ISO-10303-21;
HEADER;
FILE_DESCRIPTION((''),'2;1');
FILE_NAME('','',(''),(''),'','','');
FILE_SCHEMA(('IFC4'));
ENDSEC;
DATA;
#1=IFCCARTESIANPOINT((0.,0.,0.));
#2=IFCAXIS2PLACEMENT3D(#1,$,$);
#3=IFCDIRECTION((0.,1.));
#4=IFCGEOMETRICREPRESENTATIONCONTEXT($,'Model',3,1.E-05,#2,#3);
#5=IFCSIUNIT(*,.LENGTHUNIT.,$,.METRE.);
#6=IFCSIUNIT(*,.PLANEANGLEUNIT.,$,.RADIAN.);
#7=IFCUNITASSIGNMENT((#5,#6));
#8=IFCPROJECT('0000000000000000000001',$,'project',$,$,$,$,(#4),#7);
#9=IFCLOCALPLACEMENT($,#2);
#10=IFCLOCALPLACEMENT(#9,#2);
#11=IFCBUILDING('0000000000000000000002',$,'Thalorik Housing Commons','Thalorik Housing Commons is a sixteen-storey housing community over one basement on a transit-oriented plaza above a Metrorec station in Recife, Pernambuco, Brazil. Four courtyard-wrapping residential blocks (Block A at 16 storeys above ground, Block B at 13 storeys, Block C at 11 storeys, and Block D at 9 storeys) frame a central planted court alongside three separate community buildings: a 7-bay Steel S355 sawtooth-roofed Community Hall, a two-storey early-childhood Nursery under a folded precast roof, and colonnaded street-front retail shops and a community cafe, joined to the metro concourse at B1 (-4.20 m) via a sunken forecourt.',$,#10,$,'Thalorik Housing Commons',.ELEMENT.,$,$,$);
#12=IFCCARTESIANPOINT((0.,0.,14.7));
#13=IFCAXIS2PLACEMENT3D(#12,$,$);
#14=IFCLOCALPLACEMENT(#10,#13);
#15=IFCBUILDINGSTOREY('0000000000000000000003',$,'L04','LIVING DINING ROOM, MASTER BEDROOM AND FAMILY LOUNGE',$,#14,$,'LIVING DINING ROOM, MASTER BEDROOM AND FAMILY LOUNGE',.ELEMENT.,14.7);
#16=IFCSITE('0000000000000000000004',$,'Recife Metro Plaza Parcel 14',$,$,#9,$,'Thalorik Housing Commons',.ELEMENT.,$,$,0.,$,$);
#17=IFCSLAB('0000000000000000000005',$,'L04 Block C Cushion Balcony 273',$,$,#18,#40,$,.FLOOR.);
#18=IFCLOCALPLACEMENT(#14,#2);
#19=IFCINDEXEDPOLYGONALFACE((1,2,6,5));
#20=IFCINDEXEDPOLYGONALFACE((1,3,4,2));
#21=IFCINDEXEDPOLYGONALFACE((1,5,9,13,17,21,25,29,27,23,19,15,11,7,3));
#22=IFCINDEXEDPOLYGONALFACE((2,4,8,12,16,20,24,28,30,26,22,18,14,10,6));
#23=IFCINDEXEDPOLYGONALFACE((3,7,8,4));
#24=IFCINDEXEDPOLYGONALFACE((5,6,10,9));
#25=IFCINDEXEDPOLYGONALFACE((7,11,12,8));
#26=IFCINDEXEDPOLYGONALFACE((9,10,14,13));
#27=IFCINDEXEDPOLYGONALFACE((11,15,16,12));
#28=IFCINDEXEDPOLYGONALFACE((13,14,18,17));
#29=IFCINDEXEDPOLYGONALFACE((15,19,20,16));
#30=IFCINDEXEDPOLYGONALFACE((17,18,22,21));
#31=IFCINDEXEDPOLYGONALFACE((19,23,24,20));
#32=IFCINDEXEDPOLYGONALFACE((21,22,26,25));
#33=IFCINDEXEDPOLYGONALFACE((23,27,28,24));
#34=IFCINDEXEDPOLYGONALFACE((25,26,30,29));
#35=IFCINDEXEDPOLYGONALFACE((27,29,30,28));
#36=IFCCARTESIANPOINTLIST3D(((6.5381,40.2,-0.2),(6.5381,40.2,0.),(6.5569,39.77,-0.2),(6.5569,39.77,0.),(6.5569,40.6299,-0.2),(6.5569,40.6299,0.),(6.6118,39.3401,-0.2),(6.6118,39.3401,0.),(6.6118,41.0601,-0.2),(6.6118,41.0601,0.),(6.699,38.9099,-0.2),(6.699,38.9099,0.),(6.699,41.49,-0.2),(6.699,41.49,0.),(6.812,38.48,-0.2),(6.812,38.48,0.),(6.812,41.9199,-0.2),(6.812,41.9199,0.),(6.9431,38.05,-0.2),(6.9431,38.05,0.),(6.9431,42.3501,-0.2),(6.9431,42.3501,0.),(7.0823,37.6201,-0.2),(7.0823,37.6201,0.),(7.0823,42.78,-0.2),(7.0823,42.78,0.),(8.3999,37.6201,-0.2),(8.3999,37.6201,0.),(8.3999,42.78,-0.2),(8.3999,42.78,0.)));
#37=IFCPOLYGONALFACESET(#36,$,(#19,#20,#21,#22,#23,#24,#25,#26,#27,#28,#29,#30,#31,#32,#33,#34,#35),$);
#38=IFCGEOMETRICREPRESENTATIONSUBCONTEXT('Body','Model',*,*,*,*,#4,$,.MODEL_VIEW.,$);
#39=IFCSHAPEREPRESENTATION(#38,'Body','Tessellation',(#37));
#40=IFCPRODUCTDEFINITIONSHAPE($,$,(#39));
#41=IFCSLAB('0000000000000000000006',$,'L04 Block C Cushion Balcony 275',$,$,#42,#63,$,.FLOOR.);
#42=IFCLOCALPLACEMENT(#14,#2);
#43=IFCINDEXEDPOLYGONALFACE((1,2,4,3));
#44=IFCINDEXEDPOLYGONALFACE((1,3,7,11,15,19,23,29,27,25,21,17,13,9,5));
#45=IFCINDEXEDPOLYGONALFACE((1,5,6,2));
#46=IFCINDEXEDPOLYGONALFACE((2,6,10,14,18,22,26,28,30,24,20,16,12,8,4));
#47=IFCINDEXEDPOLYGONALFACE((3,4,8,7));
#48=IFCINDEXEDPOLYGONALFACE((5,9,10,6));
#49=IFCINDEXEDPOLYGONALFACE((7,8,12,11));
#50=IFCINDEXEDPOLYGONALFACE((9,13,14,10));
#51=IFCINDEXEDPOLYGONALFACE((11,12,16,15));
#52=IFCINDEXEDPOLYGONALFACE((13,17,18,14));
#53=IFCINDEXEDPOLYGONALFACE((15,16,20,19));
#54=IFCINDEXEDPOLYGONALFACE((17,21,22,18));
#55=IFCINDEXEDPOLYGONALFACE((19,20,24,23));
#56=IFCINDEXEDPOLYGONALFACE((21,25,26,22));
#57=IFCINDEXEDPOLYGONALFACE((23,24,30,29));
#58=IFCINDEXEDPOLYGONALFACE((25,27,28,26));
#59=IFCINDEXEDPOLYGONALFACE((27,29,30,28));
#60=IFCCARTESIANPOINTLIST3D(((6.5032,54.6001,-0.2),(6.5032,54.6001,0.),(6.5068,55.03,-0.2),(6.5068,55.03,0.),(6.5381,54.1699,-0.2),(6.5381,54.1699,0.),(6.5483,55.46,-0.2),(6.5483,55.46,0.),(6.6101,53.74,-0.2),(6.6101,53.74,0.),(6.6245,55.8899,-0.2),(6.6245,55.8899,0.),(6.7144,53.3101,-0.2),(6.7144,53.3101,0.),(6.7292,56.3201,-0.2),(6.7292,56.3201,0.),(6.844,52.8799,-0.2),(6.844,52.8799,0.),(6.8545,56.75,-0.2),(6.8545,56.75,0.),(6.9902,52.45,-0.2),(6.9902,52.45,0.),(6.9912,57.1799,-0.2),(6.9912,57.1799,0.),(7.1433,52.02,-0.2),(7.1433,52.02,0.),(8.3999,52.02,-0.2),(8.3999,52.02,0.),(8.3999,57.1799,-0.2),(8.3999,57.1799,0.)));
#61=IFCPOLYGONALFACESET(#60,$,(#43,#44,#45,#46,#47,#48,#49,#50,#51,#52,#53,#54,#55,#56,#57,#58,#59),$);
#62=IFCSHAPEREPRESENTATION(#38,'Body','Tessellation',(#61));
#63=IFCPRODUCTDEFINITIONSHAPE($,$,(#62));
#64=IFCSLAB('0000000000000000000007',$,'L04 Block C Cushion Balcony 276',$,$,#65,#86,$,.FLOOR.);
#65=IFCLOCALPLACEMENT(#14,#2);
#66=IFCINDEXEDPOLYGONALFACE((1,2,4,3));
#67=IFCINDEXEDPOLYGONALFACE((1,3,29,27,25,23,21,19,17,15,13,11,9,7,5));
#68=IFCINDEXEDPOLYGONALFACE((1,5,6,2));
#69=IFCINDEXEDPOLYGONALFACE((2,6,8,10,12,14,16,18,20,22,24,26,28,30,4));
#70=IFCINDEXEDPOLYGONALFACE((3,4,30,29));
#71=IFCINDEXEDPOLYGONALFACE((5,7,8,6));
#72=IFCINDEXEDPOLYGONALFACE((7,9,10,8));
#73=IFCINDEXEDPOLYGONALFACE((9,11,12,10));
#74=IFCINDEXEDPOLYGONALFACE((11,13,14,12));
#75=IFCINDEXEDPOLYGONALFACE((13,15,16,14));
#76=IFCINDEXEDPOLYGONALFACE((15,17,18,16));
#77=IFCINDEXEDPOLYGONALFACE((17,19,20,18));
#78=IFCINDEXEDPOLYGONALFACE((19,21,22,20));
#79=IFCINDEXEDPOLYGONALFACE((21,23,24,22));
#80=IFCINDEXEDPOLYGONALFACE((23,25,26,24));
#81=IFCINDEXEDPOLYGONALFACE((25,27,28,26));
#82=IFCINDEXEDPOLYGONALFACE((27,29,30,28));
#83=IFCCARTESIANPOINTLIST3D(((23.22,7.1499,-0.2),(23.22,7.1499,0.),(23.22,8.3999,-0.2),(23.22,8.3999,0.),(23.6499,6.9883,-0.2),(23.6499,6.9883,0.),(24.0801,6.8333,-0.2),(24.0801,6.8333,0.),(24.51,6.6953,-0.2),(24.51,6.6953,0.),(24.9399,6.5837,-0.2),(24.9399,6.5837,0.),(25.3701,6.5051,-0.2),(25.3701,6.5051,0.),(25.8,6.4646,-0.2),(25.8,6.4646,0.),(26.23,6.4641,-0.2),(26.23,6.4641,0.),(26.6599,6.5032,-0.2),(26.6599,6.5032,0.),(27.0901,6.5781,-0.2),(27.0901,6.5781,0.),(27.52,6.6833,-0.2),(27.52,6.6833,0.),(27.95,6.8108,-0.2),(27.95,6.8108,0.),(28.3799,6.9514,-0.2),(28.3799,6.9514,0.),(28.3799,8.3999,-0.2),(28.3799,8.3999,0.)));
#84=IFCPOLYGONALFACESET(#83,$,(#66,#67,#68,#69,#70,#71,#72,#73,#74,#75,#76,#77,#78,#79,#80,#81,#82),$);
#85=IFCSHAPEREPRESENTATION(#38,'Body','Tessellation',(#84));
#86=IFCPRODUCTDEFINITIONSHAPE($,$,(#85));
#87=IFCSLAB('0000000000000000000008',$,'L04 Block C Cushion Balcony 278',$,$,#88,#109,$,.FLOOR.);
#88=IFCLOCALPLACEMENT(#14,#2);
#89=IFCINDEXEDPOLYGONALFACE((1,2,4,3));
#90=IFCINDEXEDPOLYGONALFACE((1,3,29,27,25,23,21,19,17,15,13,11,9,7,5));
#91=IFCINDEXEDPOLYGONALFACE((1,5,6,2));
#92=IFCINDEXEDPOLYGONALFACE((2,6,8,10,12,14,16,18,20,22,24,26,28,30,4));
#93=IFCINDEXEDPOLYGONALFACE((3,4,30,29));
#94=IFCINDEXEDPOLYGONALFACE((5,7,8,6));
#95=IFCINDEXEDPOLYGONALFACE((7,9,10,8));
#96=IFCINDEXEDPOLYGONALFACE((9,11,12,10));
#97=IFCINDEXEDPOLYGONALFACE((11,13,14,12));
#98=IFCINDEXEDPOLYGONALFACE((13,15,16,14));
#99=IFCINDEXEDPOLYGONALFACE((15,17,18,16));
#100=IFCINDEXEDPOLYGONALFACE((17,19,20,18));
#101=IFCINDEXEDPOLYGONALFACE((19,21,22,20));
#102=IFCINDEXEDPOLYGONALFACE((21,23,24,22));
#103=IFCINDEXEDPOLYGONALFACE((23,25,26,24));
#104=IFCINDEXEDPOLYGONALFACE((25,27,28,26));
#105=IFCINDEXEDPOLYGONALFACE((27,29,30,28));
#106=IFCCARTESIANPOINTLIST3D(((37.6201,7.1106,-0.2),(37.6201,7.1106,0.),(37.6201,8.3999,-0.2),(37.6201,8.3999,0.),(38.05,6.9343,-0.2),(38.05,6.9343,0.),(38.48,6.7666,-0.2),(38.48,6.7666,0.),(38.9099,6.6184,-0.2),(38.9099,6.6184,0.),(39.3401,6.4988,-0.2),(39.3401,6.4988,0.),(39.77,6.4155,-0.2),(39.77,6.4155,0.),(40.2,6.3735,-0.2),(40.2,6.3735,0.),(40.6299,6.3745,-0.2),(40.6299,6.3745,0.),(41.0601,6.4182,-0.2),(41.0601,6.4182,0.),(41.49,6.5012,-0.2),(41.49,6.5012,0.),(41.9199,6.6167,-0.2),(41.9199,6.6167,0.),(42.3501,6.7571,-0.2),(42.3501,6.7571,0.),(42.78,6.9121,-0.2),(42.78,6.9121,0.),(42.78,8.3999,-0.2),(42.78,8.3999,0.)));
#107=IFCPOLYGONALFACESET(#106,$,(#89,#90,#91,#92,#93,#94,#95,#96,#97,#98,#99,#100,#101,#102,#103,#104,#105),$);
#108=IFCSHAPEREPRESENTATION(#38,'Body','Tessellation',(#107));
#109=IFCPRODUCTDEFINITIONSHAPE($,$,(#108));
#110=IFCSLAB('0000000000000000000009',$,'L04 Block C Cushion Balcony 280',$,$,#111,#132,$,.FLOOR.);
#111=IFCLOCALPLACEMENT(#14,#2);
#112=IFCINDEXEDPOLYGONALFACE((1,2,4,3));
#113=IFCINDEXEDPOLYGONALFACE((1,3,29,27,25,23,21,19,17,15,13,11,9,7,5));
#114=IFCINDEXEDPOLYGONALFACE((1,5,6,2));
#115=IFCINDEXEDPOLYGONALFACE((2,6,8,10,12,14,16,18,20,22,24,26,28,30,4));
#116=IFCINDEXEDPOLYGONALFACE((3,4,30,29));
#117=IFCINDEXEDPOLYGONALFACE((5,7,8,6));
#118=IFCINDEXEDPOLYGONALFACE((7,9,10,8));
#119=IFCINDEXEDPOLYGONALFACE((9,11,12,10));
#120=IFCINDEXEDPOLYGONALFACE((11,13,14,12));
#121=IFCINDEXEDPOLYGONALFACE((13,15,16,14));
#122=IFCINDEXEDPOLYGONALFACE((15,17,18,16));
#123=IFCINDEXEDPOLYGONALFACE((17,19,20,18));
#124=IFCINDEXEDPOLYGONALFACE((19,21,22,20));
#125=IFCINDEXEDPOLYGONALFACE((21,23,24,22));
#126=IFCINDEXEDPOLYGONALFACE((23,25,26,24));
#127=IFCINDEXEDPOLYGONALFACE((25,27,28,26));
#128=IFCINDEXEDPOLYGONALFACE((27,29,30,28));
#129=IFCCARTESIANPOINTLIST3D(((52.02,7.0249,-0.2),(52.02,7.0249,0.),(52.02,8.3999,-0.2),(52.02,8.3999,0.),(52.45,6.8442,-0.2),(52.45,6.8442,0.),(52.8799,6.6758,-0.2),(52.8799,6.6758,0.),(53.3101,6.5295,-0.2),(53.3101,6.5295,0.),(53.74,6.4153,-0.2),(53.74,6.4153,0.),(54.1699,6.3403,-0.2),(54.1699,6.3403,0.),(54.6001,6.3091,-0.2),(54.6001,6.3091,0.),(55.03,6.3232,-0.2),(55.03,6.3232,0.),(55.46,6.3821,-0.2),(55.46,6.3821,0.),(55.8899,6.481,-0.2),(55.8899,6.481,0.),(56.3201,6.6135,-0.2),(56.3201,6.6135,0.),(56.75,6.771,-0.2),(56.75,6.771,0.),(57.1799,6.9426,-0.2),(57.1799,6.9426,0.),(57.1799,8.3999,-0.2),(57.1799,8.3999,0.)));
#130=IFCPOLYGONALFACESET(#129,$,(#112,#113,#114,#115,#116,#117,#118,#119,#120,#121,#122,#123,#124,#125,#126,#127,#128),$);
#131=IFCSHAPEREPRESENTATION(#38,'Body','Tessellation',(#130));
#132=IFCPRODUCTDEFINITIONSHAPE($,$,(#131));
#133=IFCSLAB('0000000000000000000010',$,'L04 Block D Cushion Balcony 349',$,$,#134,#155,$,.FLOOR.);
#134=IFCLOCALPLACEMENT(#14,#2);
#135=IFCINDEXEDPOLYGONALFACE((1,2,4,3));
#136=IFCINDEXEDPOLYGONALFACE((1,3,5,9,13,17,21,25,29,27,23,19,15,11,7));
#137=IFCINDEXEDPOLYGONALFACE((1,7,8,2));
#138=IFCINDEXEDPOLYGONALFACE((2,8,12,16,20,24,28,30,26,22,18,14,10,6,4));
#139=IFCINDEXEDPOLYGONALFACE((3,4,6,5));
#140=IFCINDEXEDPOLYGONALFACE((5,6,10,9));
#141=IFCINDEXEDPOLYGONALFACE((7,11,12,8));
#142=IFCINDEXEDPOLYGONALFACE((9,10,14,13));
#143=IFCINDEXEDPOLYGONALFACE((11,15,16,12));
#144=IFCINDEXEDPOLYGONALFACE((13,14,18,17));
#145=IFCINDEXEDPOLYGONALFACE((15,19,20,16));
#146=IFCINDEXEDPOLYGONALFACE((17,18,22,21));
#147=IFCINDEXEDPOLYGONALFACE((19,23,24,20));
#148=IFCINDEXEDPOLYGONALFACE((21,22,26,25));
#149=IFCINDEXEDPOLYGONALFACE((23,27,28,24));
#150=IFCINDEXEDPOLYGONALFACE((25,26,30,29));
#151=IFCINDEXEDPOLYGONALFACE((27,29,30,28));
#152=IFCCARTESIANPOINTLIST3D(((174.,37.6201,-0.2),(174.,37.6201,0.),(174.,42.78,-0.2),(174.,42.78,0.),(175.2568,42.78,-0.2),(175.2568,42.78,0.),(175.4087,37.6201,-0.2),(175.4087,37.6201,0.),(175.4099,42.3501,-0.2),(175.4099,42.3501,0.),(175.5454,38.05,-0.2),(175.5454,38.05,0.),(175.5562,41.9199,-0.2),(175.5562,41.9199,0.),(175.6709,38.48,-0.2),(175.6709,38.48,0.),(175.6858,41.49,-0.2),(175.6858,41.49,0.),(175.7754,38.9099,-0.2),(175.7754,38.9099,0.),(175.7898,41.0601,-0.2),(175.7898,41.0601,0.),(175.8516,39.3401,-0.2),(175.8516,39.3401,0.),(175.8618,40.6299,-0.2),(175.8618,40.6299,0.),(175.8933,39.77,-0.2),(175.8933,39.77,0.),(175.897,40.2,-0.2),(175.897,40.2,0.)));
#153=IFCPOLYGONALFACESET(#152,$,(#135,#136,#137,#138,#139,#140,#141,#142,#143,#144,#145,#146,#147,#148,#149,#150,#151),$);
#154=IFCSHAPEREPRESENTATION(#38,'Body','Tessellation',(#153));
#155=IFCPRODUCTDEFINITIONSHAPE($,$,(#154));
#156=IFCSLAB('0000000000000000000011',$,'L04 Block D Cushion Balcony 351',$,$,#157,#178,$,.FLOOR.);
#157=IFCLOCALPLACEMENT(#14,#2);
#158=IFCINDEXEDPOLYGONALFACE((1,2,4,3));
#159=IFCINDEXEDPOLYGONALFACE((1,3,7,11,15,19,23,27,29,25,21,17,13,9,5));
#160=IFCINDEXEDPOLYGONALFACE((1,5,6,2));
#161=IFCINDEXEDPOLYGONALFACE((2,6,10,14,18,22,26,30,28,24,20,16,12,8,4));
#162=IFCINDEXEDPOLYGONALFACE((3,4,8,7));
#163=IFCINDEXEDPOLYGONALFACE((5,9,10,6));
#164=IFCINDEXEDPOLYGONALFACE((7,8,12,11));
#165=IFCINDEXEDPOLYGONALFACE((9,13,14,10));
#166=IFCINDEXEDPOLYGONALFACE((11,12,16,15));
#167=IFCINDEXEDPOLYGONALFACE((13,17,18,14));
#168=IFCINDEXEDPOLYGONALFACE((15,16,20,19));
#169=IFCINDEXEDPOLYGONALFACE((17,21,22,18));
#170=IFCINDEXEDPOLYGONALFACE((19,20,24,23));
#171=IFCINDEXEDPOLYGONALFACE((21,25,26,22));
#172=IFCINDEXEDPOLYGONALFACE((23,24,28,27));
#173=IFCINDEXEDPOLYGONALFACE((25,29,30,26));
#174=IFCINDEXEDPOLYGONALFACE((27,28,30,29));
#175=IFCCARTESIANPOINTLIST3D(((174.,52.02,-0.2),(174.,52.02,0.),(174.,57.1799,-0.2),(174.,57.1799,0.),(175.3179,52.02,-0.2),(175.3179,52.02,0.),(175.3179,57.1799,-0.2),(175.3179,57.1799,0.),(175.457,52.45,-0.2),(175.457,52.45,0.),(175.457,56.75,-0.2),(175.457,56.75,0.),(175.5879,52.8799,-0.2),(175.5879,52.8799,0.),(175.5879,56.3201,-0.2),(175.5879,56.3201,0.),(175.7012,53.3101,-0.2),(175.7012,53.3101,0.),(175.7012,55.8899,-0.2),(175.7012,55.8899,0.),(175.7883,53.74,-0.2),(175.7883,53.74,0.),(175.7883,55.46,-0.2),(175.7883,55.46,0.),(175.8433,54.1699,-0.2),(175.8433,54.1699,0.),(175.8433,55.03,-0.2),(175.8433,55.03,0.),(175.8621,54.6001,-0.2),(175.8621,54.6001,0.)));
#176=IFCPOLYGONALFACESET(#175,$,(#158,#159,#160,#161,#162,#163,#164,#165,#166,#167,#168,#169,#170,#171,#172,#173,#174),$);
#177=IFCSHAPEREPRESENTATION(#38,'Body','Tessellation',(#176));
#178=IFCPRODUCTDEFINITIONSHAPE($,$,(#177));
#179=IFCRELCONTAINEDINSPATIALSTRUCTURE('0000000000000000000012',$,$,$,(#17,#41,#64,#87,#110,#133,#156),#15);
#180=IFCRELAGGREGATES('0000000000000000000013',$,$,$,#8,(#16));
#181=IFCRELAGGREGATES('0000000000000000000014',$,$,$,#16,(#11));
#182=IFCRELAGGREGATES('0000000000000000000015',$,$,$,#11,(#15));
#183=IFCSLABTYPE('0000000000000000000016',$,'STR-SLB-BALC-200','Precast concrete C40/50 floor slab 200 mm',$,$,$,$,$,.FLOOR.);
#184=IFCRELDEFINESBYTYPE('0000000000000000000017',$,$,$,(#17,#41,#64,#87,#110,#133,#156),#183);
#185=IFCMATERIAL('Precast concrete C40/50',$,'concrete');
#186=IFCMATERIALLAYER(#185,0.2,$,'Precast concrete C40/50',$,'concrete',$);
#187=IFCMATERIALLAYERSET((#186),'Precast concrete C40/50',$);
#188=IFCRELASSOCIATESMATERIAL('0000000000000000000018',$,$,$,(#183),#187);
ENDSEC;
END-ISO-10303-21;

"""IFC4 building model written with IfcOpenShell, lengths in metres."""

from ifc_helpers import new_model, si_unit, direction, frame, origin, place, context, subcontext, project, spatial, polyline, outline, extrude, material, layer, layer_set, type_object, element, save


model = new_model("IFC4")

# Units and contexts
model_context = context("Model", 3, precision=1e-05, world=origin(), true_north=direction((0.0, 1.0)))
body_context = subcontext(model_context, "Body", "Model", "MODEL_VIEW")
ifc_project = project(units=[si_unit("LENGTHUNIT", "METRE"), si_unit("PLANEANGLEUNIT", "RADIAN")], contexts=[model_context])

# Site, building, storey
site_placement = place(None, origin())
site = spatial("IfcSite", under=ifc_project, at=site_placement, Name="Recife Metro Plaza Parcel 14", LongName="Thalorik Housing Commons", CompositionType="ELEMENT", RefElevation=0.0)
building_placement = place(site_placement, origin())
building = spatial("IfcBuilding", under=site, at=building_placement, Name="Thalorik Housing Commons", Description="Thalorik Housing Commons is a sixteen-storey housing community over one basement on a transit-oriented plaza above a Metrorec station in Recife, Pernambuco, Brazil. Four courtyard-wrapping residential blocks (Block A at 16 storeys above ground, Block B at 13 storeys, Block C at 11 storeys, and Block D at 9 storeys) frame a central planted court alongside three separate community buildings: a 7-bay Steel S355 sawtooth-roofed Community Hall, a two-storey early-childhood Nursery under a folded precast roof, and colonnaded street-front retail shops and a community cafe, joined to the metro concourse at B1 (-4.20 m) via a sunken forecourt.", LongName="Thalorik Housing Commons", CompositionType="ELEMENT")
storey_placement = place(building_placement, frame((0.0, 0.0, 14.7)))
storey = spatial("IfcBuildingStorey", under=building, at=storey_placement, Name="L04", Description="LIVING DINING ROOM, MASTER BEDROOM AND FAMILY LOUNGE", LongName="LIVING DINING ROOM, MASTER BEDROOM AND FAMILY LOUNGE", CompositionType="ELEMENT", Elevation=14.7)

# Slabs
ifc_material_1 = material(Name="Precast concrete C40/50", Category="concrete")
ifc_layer_1 = layer(ifc_material_1, 0.2, Name="Precast concrete C40/50", Category="concrete")
ifc_layer_set_1 = layer_set([ifc_layer_1], Name="Precast concrete C40/50")
slab_type_1 = type_object("IfcSlabType", Name="STR-SLB-BALC-200", Description="Precast concrete C40/50 floor slab 200 mm", PredefinedType="FLOOR", material=ifc_layer_set_1)
slab_1_placement = place(storey_placement, frame((0.0, 0.0, -0.2)))
element("IfcSlab", 1, at=slab_1_placement, inside=storey, type_object=slab_type_1, Name="L04 Block C Cushion Balcony 273", PredefinedType="FLOOR", context=body_context, shape_type="SweptSolid", body=[
    extrude(outline(polyline([(8.3999, 37.6201), (8.3999, 42.78), (7.0823, 42.78), (6.9431, 42.3501), (6.812, 41.9199), (6.699, 41.49), (6.6118, 41.0601), (6.5569, 40.6299), (6.5381, 40.2), (6.5569, 39.77), (6.6118, 39.3401), (6.699, 38.9099), (6.812, 38.48), (6.9431, 38.05), (7.0823, 37.6201), (8.3999, 37.6201)])), origin(), (0.0, 0.0, 1.0), 0.2),
])
slab_2_placement = place(storey_placement, frame((0.0, 0.0, -0.2)))
element("IfcSlab", 2, at=slab_2_placement, inside=storey, type_object=slab_type_1, Name="L04 Block C Cushion Balcony 275", PredefinedType="FLOOR", context=body_context, shape_type="SweptSolid", body=[
    extrude(outline(polyline([(8.3999, 52.02), (8.3999, 57.1799), (6.9912, 57.1799), (6.8545, 56.75), (6.7292, 56.3201), (6.6245, 55.8899), (6.5483, 55.46), (6.5068, 55.03), (6.5032, 54.6001), (6.5381, 54.1699), (6.6101, 53.74), (6.7144, 53.3101), (6.844, 52.8799), (6.9902, 52.45), (7.1433, 52.02), (8.3999, 52.02)])), origin(), (0.0, 0.0, 1.0), 0.2),
])
slab_3_placement = place(storey_placement, frame((0.0, 0.0, -0.2)))
element("IfcSlab", 3, at=slab_3_placement, inside=storey, type_object=slab_type_1, Name="L04 Block C Cushion Balcony 276", PredefinedType="FLOOR", context=body_context, shape_type="SweptSolid", body=[
    extrude(outline(polyline([(23.22, 7.1499), (23.6499, 6.9883), (24.0801, 6.8333), (24.51, 6.6953), (24.9399, 6.5837), (25.3701, 6.5051), (25.8, 6.4646), (26.23, 6.4641), (26.6599, 6.5032), (27.0901, 6.5781), (27.52, 6.6833), (27.95, 6.8108), (28.3799, 6.9514), (28.3799, 8.3999), (23.22, 8.3999), (23.22, 7.1499)])), origin(), (0.0, 0.0, 1.0), 0.2),
])
slab_4_placement = place(storey_placement, frame((0.0, 0.0, -0.2)))
element("IfcSlab", 4, at=slab_4_placement, inside=storey, type_object=slab_type_1, Name="L04 Block C Cushion Balcony 278", PredefinedType="FLOOR", context=body_context, shape_type="SweptSolid", body=[
    extrude(outline(polyline([(37.6201, 7.1106), (38.05, 6.9343), (38.48, 6.7666), (38.9099, 6.6184), (39.3401, 6.4988), (39.77, 6.4155), (40.2, 6.3735), (40.6299, 6.3745), (41.0601, 6.4182), (41.49, 6.5012), (41.9199, 6.6167), (42.3501, 6.7571), (42.78, 6.9121), (42.78, 8.3999), (37.6201, 8.3999), (37.6201, 7.1106)])), origin(), (0.0, 0.0, 1.0), 0.2),
])
slab_5_placement = place(storey_placement, frame((0.0, 0.0, -0.2)))
element("IfcSlab", 5, at=slab_5_placement, inside=storey, type_object=slab_type_1, Name="L04 Block C Cushion Balcony 280", PredefinedType="FLOOR", context=body_context, shape_type="SweptSolid", body=[
    extrude(outline(polyline([(52.02, 7.0249), (52.45, 6.8442), (52.8799, 6.6758), (53.3101, 6.5295), (53.74, 6.4153), (54.1699, 6.3403), (54.6001, 6.3091), (55.03, 6.3232), (55.46, 6.3821), (55.8899, 6.481), (56.3201, 6.6135), (56.75, 6.771), (57.1799, 6.9426), (57.1799, 8.3999), (52.02, 8.3999), (52.02, 7.0249)])), origin(), (0.0, 0.0, 1.0), 0.2),
])
slab_6_placement = place(storey_placement, frame((0.0, 0.0, -0.2)))
element("IfcSlab", 6, at=slab_6_placement, inside=storey, type_object=slab_type_1, Name="L04 Block D Cushion Balcony 349", PredefinedType="FLOOR", context=body_context, shape_type="SweptSolid", body=[
    extrude(outline(polyline([(175.4087, 37.6201), (175.5454, 38.05), (175.6709, 38.48), (175.7754, 38.9099), (175.8516, 39.3401), (175.8933, 39.77), (175.897, 40.2), (175.8618, 40.6299), (175.7898, 41.0601), (175.6858, 41.49), (175.5562, 41.9199), (175.4099, 42.3501), (175.2568, 42.78), (174.0, 42.78), (174.0, 37.6201), (175.4087, 37.6201)])), origin(), (0.0, 0.0, 1.0), 0.2),
])
slab_7_placement = place(storey_placement, frame((0.0, 0.0, -0.2)))
element("IfcSlab", 7, at=slab_7_placement, inside=storey, type_object=slab_type_1, Name="L04 Block D Cushion Balcony 351", PredefinedType="FLOOR", context=body_context, shape_type="SweptSolid", body=[
    extrude(outline(polyline([(175.3179, 52.02), (175.457, 52.45), (175.5879, 52.8799), (175.7012, 53.3101), (175.7883, 53.74), (175.8433, 54.1699), (175.8621, 54.6001), (175.8433, 55.03), (175.7883, 55.46), (175.7012, 55.8899), (175.5879, 56.3201), (175.457, 56.75), (175.3179, 57.1799), (174.0, 57.1799), (174.0, 52.02), (175.3179, 52.02)])), origin(), (0.0, 0.0, 1.0), 0.2),
])

save(model, "model.ifc")
